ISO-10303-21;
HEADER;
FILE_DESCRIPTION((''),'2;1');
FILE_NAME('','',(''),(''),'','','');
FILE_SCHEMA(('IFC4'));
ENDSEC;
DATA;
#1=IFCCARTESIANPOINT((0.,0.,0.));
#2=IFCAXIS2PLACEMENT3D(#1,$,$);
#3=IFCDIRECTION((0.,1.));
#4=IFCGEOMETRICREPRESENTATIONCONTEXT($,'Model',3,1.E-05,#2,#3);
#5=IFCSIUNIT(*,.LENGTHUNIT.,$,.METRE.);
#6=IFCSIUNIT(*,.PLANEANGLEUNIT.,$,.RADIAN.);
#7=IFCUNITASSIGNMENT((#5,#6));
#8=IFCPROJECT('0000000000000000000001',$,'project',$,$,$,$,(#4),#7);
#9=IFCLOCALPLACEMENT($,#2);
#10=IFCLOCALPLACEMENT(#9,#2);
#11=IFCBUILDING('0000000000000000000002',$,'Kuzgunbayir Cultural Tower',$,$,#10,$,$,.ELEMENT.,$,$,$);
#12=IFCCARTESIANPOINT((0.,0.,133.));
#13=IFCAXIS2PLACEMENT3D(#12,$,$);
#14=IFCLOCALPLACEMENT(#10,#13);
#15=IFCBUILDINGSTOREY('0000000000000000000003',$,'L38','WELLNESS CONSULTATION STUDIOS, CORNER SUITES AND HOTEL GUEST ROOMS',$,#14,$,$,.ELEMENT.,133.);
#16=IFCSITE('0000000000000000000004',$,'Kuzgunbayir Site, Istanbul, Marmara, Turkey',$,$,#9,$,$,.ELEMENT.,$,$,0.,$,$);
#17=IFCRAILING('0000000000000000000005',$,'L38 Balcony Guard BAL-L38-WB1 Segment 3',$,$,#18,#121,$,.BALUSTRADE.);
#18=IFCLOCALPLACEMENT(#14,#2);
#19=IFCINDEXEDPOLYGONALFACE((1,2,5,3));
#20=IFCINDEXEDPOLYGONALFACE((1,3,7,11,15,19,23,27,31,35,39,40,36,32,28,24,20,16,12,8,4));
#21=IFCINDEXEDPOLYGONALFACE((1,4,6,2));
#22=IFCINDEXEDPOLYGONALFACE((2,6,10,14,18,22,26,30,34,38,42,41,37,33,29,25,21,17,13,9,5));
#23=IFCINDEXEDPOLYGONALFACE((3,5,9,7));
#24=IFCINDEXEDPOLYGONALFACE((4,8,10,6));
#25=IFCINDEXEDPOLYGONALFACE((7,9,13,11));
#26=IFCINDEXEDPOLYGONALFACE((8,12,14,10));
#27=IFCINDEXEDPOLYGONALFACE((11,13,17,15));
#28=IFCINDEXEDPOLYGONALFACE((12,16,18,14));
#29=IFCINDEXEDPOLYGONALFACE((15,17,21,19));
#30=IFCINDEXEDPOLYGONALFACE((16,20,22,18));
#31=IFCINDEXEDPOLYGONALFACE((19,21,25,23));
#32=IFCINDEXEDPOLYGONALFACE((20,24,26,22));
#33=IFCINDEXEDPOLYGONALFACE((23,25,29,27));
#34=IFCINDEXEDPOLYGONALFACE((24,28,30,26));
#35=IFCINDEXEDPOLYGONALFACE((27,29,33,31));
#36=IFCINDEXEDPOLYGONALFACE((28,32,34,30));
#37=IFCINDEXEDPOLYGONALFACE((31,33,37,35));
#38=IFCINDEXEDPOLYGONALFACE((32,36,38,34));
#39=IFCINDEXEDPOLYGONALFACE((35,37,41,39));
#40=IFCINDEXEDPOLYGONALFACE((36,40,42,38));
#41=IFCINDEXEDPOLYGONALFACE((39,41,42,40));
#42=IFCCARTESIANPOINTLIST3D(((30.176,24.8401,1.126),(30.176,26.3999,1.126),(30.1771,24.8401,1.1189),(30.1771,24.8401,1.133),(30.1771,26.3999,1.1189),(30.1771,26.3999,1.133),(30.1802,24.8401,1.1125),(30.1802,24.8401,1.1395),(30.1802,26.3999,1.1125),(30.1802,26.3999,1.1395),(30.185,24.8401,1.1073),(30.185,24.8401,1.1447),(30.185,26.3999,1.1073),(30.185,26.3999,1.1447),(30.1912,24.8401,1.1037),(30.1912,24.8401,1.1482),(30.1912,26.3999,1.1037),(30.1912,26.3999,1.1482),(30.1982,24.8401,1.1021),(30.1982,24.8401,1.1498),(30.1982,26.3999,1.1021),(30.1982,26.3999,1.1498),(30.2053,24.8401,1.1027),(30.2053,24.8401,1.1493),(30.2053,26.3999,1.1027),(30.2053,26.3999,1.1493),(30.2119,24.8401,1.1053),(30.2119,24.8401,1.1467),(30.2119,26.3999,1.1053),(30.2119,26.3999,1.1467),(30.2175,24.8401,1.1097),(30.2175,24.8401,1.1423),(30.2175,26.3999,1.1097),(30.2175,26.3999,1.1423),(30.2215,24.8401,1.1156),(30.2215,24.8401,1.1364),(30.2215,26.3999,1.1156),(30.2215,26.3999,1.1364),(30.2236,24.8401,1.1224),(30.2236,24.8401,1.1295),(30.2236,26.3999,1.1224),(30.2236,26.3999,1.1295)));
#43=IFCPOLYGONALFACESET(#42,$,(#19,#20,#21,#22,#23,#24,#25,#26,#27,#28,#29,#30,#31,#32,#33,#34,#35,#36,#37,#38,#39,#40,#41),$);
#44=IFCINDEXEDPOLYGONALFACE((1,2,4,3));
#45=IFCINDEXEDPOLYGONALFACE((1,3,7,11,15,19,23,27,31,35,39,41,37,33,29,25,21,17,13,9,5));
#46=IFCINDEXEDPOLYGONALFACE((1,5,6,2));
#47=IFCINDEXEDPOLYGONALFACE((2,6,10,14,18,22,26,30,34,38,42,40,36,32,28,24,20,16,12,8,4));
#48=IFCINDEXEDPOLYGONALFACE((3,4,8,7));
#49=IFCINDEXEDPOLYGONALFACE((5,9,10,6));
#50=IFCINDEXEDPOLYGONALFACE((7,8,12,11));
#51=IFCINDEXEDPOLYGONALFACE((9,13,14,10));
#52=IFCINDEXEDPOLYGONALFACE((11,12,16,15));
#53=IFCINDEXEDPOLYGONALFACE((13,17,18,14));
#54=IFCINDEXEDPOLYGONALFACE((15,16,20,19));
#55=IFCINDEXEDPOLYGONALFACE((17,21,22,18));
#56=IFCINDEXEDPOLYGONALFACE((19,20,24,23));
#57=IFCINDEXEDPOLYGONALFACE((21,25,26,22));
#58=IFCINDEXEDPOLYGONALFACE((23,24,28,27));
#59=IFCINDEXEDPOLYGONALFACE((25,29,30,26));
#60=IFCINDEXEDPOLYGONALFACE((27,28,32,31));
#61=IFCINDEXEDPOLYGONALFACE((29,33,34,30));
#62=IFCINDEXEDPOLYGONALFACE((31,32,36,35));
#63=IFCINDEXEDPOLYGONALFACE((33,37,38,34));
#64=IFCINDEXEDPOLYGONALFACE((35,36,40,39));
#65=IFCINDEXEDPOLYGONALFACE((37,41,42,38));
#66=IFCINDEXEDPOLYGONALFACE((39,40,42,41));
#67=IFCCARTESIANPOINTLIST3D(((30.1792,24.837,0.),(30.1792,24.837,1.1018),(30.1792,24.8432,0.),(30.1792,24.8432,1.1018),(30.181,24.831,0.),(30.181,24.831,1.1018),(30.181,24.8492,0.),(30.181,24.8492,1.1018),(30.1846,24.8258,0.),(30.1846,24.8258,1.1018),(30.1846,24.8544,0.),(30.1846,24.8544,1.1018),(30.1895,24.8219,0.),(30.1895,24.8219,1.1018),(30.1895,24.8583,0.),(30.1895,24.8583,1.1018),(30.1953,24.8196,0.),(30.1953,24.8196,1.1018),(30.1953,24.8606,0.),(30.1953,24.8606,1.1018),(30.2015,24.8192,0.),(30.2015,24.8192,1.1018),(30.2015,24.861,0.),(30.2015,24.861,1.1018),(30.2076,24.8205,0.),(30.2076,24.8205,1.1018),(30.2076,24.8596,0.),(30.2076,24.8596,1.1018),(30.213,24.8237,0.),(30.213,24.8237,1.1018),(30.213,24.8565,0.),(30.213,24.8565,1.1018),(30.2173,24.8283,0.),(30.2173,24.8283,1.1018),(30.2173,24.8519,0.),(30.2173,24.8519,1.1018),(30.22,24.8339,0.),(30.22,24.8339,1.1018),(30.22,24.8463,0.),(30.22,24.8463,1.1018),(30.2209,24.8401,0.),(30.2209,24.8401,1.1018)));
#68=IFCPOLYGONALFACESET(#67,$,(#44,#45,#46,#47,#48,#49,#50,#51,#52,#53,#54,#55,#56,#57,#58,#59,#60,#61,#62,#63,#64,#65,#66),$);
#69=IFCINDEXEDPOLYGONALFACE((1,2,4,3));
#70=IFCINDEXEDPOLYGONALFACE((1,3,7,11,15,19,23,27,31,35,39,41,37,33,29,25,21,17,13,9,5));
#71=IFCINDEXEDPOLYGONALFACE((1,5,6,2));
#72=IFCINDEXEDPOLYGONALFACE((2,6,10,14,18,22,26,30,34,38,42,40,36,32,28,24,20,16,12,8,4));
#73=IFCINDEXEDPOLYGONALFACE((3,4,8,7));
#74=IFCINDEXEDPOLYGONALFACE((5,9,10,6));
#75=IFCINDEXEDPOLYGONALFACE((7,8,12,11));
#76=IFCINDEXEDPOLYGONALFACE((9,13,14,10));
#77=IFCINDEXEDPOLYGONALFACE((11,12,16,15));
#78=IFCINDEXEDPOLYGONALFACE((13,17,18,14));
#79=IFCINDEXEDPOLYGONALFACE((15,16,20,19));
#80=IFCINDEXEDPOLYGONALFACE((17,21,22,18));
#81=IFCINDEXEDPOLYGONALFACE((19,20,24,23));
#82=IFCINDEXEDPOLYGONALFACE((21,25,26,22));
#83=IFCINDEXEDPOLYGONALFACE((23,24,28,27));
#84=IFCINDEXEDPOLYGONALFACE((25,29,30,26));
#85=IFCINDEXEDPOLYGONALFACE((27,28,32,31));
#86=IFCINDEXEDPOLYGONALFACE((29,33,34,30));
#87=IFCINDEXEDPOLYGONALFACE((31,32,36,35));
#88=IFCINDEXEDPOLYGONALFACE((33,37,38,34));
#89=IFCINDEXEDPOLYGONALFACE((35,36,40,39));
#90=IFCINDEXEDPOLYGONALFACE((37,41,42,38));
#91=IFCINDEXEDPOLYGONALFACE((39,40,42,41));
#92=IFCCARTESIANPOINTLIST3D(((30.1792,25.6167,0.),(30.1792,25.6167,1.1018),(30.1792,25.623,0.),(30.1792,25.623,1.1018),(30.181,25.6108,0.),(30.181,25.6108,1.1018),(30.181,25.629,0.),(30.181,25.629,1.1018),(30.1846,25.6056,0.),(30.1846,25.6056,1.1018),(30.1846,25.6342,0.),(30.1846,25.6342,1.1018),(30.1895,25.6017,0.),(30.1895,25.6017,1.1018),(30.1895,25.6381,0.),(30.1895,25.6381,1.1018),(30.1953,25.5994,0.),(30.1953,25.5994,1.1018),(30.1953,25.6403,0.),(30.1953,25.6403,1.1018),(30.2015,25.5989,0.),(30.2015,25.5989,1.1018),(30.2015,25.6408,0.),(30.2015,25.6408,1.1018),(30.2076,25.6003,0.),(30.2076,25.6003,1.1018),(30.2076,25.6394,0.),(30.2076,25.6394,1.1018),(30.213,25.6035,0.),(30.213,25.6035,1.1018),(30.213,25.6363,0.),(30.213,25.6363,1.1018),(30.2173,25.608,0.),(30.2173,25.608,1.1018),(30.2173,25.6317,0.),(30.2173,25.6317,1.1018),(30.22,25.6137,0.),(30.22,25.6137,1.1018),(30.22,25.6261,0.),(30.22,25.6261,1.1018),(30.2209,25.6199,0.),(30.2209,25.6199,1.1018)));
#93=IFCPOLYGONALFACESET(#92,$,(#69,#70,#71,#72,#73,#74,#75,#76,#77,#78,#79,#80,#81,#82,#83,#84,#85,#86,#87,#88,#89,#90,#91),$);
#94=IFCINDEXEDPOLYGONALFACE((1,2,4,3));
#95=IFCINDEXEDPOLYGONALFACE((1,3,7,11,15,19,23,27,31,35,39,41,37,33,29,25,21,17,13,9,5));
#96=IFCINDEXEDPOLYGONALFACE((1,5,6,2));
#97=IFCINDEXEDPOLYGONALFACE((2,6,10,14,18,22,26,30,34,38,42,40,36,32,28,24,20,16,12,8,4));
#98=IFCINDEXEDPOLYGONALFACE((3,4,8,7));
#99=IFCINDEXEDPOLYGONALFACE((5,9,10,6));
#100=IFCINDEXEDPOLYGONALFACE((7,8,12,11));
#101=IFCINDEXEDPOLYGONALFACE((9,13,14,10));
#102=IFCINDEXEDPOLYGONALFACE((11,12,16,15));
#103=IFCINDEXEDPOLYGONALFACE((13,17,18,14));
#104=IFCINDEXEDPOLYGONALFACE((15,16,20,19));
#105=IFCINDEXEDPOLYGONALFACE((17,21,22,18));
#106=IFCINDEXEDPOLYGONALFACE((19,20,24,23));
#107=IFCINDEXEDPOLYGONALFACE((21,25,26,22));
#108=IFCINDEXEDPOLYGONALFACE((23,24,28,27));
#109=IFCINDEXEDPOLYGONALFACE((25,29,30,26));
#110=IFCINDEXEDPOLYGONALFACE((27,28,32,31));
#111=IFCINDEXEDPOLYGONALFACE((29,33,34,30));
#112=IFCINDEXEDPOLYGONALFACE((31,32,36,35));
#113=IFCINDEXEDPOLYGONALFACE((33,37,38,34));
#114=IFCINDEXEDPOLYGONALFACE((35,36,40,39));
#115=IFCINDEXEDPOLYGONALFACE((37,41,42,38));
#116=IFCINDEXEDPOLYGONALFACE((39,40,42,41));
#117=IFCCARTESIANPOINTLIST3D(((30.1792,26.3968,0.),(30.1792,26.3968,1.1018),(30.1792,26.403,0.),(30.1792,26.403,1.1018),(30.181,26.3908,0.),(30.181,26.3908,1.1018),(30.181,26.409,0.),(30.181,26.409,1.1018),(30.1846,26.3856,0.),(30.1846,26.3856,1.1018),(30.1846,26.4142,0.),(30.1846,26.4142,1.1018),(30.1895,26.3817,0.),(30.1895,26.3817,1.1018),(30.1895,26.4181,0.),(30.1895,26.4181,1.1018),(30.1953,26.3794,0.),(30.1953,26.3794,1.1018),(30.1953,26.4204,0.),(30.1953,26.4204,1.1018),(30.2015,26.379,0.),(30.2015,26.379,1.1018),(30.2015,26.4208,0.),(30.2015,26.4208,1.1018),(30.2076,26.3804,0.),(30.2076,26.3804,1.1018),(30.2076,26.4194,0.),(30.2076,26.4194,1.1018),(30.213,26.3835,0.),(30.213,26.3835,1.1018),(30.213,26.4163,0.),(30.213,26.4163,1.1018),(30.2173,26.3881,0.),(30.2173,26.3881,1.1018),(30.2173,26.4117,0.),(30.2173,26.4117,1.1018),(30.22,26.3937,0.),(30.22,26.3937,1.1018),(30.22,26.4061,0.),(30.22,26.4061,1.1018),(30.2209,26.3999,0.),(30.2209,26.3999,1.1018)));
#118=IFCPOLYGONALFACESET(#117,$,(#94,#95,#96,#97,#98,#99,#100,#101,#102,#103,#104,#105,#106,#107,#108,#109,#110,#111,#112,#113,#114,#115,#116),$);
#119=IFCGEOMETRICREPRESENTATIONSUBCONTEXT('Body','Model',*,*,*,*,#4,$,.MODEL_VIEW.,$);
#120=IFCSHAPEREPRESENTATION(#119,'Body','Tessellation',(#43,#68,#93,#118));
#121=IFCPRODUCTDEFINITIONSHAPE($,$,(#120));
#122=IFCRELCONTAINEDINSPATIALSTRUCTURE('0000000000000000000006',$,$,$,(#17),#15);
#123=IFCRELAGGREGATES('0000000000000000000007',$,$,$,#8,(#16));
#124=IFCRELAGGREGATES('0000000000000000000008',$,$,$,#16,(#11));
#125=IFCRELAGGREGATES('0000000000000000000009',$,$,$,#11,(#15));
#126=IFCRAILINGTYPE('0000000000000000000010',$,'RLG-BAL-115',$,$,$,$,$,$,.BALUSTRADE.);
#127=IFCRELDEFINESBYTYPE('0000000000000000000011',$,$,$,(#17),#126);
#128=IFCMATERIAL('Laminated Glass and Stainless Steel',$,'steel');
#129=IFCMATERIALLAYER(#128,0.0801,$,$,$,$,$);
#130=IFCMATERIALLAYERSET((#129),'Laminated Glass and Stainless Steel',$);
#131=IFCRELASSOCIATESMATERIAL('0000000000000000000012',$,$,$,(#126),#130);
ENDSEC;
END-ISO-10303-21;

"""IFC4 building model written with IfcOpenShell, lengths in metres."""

from ifc_helpers import new_model, si_unit, direction, frame, origin, origin_2d, place, context, subcontext, project, spatial, circle, extrude, material, layer, layer_set, type_object, element, save


model = new_model("IFC4")

# Units and contexts
model_context = context("Model", 3, precision=1e-05, world=origin(), true_north=direction((0.0, 1.0)))
body_context = subcontext(model_context, "Body", "Model", "MODEL_VIEW")
ifc_project = project(units=[si_unit("LENGTHUNIT", "METRE"), si_unit("PLANEANGLEUNIT", "RADIAN")], contexts=[model_context])

# Site, building, storey
site_placement = place(None, origin())
site = spatial("IfcSite", under=ifc_project, at=site_placement, Name="Kuzgunbayir Site, Istanbul, Marmara, Turkey", CompositionType="ELEMENT", RefElevation=0.0)
building_placement = place(site_placement, origin())
building = spatial("IfcBuilding", under=site, at=building_placement, Name="Kuzgunbayir Cultural Tower", CompositionType="ELEMENT")
storey_placement = place(building_placement, frame((0.0, 0.0, 133.0)))
storey = spatial("IfcBuildingStorey", under=building, at=storey_placement, Name="L38", Description="WELLNESS CONSULTATION STUDIOS, CORNER SUITES AND HOTEL GUEST ROOMS", CompositionType="ELEMENT", Elevation=133.0)

# Railing
ifc_material_1 = material(Name="Laminated Glass and Stainless Steel", Category="steel")
ifc_layer_1 = layer(ifc_material_1, 0.0801)
ifc_layer_set_1 = layer_set([ifc_layer_1], Name="Laminated Glass and Stainless Steel")
railing_type = type_object("IfcRailingType", Name="RLG-BAL-115", PredefinedType="BALUSTRADE", material=ifc_layer_set_1)
railing_1_placement = place(storey_placement, frame((30.2, 24.8401, 0.0)))
element("IfcRailing", 1, at=railing_1_placement, inside=storey, type_object=railing_type, Name="L38 Balcony Guard BAL-L38-WB1 Segment 3", PredefinedType="BALUSTRADE", context=body_context, shape_type="SweptSolid", body=[
    extrude(circle(Radius=0.0239, at=origin_2d()), frame((0.0, 0.0, 1.126), z_axis=(0.0, 1.0, 0.0), x_axis=(-1.0, 0.0, 0.0)), (0.0, 0.0, 1.0), 1.5598),
    extrude(circle(Radius=0.021, at=origin_2d()), origin(), (0.0, 0.0, 1.0), 1.1018),
    extrude(circle(Radius=0.021, at=origin_2d()), frame((0.0, 0.7798, 0.0)), (0.0, 0.0, 1.0), 1.1018),
    extrude(circle(Radius=0.021, at=origin_2d()), frame((0.0, 1.5598, 0.0)), (0.0, 0.0, 1.0), 1.1018),
])

save(model, "model.ifc")
